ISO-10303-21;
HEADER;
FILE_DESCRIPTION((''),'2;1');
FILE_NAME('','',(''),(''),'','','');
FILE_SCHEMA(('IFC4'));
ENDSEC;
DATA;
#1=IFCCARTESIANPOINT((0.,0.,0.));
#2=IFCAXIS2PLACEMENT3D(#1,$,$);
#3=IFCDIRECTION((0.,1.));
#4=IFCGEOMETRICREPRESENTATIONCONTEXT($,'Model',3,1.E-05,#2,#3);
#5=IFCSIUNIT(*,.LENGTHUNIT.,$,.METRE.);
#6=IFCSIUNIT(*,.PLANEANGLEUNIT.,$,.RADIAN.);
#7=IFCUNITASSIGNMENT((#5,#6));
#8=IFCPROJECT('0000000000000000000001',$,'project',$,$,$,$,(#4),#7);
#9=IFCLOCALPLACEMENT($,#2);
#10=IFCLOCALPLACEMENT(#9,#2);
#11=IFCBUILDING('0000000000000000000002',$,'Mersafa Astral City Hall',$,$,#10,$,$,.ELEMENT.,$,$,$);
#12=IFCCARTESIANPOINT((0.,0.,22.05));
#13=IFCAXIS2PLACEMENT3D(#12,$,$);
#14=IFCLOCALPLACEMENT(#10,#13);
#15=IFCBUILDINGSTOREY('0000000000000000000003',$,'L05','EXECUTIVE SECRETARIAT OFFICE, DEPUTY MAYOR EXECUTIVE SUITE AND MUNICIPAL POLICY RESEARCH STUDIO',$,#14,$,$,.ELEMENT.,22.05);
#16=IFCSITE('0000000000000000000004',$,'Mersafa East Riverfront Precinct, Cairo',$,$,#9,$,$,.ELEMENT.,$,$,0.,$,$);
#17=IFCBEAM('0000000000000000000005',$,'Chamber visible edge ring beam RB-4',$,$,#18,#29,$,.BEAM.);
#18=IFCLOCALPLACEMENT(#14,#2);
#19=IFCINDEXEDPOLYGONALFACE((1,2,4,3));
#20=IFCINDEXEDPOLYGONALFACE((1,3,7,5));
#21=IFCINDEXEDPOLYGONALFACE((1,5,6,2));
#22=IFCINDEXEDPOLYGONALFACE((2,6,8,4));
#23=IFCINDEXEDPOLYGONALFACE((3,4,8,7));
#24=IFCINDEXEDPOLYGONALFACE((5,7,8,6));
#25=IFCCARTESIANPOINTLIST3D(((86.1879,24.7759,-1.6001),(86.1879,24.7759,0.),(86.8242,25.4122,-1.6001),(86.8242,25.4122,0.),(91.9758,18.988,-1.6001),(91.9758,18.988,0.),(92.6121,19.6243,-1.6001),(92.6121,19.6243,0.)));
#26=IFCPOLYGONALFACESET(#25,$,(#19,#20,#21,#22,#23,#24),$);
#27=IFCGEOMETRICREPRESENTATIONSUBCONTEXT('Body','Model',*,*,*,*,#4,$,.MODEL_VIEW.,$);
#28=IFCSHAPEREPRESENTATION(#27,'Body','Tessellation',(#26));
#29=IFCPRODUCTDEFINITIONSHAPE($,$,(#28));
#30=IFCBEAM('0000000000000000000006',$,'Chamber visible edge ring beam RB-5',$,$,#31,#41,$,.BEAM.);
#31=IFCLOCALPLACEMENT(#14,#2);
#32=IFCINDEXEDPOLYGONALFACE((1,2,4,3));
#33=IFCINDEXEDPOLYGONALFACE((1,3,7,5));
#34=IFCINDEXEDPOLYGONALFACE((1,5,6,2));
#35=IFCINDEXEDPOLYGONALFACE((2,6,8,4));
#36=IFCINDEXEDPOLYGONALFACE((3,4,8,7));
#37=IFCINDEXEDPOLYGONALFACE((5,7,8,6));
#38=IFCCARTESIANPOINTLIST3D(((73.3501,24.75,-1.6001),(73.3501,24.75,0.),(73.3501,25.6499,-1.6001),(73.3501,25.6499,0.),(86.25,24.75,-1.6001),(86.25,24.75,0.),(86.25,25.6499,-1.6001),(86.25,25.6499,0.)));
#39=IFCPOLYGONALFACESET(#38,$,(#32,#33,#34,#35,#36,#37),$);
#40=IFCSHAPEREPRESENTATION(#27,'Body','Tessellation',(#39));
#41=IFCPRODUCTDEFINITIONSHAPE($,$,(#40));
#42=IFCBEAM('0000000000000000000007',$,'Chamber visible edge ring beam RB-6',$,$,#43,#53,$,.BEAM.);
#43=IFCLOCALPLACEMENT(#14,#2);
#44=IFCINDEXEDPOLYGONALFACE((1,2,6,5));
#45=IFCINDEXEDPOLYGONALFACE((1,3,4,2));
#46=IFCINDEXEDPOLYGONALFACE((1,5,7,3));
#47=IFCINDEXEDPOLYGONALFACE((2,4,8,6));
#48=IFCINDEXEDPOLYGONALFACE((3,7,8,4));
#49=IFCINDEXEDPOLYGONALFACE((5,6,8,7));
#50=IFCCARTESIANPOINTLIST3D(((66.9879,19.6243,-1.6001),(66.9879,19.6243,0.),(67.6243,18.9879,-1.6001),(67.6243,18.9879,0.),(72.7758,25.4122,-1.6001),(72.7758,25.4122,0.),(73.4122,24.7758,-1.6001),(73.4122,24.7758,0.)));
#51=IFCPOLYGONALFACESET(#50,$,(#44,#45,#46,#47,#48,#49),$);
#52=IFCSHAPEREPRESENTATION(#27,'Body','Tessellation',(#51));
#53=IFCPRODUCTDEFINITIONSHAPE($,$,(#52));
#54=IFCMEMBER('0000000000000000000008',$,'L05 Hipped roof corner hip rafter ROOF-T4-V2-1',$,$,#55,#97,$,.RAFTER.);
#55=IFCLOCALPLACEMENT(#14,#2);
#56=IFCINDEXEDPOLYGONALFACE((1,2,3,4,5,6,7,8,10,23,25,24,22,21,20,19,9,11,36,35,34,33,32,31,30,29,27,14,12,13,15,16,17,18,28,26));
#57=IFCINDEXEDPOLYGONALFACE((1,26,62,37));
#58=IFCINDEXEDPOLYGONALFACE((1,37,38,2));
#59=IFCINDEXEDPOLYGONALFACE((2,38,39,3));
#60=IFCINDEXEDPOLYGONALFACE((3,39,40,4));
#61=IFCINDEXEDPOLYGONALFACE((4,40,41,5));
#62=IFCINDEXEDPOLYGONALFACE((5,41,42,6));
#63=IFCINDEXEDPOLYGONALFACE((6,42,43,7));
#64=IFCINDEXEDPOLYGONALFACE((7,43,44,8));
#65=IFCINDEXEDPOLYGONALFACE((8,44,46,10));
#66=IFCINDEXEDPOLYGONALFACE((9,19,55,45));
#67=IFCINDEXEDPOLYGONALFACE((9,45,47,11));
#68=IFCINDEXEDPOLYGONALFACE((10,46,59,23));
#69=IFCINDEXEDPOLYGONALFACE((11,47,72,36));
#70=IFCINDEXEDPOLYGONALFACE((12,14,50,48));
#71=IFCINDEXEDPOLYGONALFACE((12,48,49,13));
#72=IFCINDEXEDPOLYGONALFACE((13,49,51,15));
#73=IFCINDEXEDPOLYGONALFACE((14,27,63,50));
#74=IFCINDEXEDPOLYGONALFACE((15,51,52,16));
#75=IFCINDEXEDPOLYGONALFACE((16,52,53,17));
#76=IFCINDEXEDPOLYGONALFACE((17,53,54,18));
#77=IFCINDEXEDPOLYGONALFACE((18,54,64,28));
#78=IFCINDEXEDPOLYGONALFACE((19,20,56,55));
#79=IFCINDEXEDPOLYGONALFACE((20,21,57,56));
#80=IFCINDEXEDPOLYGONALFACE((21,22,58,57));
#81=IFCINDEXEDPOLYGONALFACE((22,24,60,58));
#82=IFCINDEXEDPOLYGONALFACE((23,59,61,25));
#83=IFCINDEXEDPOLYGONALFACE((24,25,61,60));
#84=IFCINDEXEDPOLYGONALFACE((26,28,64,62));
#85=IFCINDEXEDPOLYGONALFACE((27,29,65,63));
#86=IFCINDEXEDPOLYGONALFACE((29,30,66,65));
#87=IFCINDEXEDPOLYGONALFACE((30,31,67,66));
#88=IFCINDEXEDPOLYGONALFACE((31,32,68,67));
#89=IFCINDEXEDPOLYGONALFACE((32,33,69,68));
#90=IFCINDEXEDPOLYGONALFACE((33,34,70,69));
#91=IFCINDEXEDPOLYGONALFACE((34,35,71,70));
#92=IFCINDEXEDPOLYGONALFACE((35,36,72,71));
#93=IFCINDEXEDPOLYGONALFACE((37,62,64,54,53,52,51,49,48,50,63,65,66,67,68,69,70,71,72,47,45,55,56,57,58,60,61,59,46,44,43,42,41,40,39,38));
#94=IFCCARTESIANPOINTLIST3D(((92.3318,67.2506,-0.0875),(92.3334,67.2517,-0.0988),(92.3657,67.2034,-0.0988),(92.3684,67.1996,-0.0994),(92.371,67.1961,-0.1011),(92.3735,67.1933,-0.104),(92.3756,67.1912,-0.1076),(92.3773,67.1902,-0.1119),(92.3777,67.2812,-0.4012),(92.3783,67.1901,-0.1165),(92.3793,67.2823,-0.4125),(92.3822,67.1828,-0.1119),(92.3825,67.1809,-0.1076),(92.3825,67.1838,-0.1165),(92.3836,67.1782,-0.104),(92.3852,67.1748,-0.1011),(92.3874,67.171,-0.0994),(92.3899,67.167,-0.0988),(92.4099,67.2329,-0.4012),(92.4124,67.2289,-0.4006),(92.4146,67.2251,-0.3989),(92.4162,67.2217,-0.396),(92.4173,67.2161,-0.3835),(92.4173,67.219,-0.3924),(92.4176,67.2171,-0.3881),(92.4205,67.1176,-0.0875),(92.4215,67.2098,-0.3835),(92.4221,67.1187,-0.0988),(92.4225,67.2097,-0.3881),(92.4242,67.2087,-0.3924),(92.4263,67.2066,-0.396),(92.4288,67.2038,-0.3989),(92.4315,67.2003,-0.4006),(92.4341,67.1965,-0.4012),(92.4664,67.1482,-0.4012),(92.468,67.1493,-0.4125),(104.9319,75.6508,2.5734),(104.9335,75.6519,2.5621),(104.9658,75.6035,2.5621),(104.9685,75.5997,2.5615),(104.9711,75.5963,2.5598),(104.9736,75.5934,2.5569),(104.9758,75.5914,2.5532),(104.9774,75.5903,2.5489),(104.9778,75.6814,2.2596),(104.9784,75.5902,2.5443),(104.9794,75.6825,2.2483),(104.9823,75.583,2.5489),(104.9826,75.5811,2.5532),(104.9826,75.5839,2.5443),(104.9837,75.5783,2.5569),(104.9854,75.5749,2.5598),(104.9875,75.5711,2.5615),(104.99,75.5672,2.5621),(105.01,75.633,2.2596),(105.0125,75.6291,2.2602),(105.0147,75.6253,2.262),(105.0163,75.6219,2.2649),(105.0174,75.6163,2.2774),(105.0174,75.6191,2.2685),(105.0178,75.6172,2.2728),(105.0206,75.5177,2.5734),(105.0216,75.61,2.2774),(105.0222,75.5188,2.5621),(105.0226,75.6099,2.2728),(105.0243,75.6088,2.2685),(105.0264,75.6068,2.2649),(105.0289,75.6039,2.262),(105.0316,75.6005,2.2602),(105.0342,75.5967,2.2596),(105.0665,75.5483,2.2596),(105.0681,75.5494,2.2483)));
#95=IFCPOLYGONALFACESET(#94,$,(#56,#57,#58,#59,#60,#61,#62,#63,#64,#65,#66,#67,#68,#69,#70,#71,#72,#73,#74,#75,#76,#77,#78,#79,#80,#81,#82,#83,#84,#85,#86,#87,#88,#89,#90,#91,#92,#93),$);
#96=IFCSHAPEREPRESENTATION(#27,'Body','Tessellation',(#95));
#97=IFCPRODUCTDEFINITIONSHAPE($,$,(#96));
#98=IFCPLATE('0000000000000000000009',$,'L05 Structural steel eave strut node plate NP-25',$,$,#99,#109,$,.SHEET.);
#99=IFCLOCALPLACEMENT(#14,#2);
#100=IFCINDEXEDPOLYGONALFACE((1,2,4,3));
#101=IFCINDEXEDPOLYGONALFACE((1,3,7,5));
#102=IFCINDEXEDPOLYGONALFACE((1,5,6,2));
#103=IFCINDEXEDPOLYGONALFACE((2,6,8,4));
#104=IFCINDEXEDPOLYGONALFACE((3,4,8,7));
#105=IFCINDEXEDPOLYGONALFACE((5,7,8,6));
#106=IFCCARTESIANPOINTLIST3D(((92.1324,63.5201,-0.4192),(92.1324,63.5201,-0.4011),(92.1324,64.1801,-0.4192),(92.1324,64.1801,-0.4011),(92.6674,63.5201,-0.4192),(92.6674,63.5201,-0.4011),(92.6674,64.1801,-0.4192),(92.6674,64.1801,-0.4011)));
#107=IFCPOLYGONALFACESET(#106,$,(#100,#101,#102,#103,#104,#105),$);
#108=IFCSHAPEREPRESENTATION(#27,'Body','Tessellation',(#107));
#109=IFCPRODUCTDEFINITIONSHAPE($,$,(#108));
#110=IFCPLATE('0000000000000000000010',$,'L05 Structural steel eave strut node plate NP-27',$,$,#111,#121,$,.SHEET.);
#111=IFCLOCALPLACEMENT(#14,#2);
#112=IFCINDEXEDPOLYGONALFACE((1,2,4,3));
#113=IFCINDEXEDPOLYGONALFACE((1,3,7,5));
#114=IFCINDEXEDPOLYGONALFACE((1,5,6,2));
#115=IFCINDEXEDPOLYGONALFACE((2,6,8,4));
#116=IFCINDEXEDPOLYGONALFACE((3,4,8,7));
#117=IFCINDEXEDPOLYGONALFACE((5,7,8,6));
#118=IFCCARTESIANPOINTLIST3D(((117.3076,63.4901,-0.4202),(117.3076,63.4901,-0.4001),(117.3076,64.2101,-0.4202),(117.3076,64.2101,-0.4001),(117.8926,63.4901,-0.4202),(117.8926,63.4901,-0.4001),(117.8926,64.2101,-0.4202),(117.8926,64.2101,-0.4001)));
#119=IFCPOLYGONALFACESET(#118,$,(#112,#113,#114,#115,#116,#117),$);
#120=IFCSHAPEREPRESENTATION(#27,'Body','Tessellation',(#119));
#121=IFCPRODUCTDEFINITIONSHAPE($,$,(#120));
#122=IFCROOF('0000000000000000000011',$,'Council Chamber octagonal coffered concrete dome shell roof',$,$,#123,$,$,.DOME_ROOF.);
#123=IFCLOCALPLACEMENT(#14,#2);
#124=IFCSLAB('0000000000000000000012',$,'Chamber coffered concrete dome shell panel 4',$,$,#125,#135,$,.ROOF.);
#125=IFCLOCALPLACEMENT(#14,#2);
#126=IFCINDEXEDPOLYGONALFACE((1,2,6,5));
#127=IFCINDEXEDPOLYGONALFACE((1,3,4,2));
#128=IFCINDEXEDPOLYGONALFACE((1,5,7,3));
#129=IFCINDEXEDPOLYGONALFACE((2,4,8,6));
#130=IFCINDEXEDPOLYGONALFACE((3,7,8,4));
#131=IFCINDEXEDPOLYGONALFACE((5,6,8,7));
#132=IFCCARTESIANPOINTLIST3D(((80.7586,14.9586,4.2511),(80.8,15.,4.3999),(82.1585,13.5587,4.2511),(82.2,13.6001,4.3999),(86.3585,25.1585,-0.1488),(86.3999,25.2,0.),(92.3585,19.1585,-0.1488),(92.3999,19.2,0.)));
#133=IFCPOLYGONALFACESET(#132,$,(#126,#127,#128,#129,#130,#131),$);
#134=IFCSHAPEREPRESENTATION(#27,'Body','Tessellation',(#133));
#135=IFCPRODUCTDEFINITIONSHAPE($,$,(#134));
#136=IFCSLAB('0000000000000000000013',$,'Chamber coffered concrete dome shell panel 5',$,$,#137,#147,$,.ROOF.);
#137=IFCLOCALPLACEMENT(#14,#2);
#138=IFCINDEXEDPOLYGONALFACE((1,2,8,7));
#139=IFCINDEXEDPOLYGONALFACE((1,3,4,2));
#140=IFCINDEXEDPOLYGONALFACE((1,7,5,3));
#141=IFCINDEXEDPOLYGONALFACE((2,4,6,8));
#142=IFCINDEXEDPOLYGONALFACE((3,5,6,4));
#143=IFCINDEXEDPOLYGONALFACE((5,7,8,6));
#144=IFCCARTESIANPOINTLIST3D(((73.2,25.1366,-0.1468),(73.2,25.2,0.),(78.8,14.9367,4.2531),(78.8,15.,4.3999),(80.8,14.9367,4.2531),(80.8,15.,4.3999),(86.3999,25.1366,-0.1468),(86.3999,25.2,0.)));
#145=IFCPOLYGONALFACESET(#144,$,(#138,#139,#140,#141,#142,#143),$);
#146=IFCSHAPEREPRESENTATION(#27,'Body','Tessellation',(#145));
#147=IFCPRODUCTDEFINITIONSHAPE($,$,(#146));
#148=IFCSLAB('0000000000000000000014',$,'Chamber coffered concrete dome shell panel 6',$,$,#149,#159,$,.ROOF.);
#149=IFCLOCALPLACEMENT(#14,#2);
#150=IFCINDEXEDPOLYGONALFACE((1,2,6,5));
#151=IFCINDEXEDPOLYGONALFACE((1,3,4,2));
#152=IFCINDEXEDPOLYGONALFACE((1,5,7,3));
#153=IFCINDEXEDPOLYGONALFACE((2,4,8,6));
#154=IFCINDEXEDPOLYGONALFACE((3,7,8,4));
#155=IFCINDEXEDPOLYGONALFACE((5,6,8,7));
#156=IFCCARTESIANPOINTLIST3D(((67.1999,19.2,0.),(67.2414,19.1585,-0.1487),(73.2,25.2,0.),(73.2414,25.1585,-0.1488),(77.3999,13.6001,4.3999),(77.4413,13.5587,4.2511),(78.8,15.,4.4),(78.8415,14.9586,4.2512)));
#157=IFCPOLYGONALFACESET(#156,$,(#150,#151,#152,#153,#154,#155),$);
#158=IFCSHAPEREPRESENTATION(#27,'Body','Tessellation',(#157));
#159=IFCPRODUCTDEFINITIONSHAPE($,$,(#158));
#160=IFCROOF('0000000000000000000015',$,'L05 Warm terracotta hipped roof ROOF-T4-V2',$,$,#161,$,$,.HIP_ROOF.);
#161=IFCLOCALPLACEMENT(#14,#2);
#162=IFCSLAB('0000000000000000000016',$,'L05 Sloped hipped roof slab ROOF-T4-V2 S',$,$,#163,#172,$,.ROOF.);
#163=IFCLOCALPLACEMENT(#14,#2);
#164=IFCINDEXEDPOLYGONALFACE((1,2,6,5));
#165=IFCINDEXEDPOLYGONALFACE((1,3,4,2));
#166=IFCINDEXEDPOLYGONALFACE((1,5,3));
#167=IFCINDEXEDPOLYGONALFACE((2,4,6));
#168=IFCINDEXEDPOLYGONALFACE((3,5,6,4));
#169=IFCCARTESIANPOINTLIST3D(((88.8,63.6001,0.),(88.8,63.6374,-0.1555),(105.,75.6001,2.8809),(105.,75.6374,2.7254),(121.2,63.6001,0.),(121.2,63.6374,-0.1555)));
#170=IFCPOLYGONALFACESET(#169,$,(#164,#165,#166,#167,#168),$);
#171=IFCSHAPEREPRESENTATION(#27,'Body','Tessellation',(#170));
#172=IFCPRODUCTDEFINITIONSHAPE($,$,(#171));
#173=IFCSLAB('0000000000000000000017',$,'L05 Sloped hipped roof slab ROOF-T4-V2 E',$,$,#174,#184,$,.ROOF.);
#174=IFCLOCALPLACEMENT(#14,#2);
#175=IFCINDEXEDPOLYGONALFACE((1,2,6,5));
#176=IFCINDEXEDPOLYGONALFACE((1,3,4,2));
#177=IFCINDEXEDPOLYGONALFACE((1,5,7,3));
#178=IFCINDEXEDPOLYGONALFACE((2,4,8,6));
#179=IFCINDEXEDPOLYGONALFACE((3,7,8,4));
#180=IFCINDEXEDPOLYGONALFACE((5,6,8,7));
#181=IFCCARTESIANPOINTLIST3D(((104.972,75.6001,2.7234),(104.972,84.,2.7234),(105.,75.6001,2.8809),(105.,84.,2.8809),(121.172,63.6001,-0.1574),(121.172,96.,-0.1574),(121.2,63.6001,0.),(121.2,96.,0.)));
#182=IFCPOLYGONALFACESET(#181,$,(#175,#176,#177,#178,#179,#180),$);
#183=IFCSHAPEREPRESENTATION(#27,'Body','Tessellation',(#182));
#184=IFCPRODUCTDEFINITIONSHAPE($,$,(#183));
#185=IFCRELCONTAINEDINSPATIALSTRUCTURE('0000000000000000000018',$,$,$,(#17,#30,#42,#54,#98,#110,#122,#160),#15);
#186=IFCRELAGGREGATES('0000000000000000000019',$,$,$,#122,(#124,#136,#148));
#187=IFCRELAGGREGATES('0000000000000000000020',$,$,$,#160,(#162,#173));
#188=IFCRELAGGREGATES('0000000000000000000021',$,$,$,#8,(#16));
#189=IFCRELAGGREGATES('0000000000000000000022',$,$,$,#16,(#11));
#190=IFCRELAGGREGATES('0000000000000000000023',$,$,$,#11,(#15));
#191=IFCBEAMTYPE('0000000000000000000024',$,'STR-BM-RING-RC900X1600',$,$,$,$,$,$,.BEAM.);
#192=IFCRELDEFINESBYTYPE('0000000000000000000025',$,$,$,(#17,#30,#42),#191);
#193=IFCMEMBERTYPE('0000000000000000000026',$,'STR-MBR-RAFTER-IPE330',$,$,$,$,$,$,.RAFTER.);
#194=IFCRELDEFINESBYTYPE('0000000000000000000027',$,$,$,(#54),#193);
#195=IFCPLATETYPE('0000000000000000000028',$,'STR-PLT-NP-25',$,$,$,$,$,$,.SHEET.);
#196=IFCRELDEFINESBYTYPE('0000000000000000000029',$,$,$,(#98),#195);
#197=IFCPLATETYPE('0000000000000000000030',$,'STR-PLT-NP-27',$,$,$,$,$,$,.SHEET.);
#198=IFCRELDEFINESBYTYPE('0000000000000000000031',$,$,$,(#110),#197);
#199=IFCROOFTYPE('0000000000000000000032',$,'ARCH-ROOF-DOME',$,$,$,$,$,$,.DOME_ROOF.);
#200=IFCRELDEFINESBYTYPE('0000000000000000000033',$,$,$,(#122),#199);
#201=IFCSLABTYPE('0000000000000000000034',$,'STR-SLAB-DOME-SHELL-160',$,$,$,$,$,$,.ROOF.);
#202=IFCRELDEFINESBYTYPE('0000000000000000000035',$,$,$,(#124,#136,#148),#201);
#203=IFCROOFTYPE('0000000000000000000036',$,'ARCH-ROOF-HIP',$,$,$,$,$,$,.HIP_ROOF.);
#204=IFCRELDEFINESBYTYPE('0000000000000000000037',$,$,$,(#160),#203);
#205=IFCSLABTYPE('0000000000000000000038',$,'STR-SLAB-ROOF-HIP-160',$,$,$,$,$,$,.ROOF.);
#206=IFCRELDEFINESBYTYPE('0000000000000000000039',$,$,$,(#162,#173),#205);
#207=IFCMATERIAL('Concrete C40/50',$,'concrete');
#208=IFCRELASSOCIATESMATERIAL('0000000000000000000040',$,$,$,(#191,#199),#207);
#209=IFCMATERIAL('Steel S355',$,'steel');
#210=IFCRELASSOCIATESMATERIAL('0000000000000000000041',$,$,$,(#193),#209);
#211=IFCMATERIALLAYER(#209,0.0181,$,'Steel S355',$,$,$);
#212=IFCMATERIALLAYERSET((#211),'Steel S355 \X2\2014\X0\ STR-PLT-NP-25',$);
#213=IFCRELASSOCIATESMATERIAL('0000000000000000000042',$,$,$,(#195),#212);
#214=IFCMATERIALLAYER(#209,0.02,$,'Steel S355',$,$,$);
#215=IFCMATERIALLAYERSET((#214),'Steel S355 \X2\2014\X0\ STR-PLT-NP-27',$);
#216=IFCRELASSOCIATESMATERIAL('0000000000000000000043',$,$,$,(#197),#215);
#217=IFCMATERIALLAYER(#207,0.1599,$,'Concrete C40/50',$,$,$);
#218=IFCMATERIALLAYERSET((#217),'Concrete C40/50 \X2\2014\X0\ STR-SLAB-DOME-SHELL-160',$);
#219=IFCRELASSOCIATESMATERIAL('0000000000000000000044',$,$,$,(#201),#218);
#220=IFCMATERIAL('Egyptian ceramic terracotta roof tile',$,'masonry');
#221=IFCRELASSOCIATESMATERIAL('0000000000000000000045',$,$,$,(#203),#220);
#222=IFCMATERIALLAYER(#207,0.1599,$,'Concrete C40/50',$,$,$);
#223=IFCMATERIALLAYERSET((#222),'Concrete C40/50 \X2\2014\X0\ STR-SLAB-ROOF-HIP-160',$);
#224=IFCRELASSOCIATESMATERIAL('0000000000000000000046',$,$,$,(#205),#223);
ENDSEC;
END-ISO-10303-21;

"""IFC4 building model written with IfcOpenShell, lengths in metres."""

from ifc_helpers import new_model, si_unit, direction, frame, origin, origin_2d, place, context, subcontext, project, spatial, polyline, rectangle, i_section, outline, extrude, material, layer, layer_set, material_profile, profile_set, type_object, element, aggregate, save


model = new_model("IFC4")

# Units and contexts
model_context = context("Model", 3, precision=1e-05, world=origin(), true_north=direction((0.0, 1.0)))
body_context = subcontext(model_context, "Body", "Model", "MODEL_VIEW")
ifc_project = project(units=[si_unit("LENGTHUNIT", "METRE"), si_unit("PLANEANGLEUNIT", "RADIAN")], contexts=[model_context])

# Site, building, storey
site_placement = place(None, origin())
site = spatial("IfcSite", under=ifc_project, at=site_placement, Name="Mersafa East Riverfront Precinct, Cairo", CompositionType="ELEMENT", RefElevation=0.0)
building_placement = place(site_placement, origin())
building = spatial("IfcBuilding", under=site, at=building_placement, Name="Mersafa Astral City Hall", CompositionType="ELEMENT")
storey_placement = place(building_placement, frame((0.0, 0.0, 22.05)))
storey = spatial("IfcBuildingStorey", under=building, at=storey_placement, Name="L05", Description="EXECUTIVE SECRETARIAT OFFICE, DEPUTY MAYOR EXECUTIVE SUITE AND MUNICIPAL POLICY RESEARCH STUDIO", CompositionType="ELEMENT", Elevation=22.05)

# Beams
ifc_material_1 = material(Name="Steel S355", Category="steel")
ifc_material_2 = material(Name="Concrete C40/50", Category="concrete")
ifc_material_profile_1 = material_profile(ifc_material_2, rectangle(XDim=0.8999, YDim=1.6001, at=origin_2d()), Name="RC 900x1600")
ifc_profile_set_1 = profile_set([ifc_material_profile_1], Name="Concrete C40/50")
beam_type_1 = type_object("IfcBeamType", Name="STR-BM-RING-RC900X1600", PredefinedType="BEAM", material=ifc_profile_set_1)
beam_1_placement = place(storey_placement, frame((92.2939, 19.3062, -0.8), z_axis=(-0.707107, 0.707107, 0.0), x_axis=(-0.707107, -0.707107, 0.0)))
element("IfcBeam", 1, at=beam_1_placement, inside=storey, type_object=beam_type_1, Name="Chamber visible edge ring beam RB-4", PredefinedType="BEAM", context=body_context, shape_type="SweptSolid", body=[
    extrude(rectangle(XDim=0.8999, YDim=1.6001, at=origin_2d()), origin(), (0.0, 0.0, 1.0), 8.1853),
])
beam_2_placement = place(storey_placement, frame((86.25, 25.2, -0.8), z_axis=(-1.0, 0.0, 0.0), x_axis=(0.0, -1.0, 0.0)))
element("IfcBeam", 2, at=beam_2_placement, inside=storey, type_object=beam_type_1, Name="Chamber visible edge ring beam RB-5", PredefinedType="BEAM", context=body_context, shape_type="SweptSolid", body=[
    extrude(rectangle(XDim=0.8999, YDim=1.6001, at=origin_2d()), origin(), (0.0, 0.0, 1.0), 12.8999),
])
beam_3_placement = place(storey_placement, frame((73.094, 25.094, -0.8), z_axis=(-0.707107, -0.707107, 0.0), x_axis=(0.707107, -0.707107, 0.0)))
element("IfcBeam", 3, at=beam_3_placement, inside=storey, type_object=beam_type_1, Name="Chamber visible edge ring beam RB-6", PredefinedType="BEAM", context=body_context, shape_type="SweptSolid", body=[
    extrude(rectangle(XDim=0.8999, YDim=1.6001, at=origin_2d()), origin(), (0.0, 0.0, 1.0), 8.1853),
])

# Member
ifc_material_profile_2 = material_profile(ifc_material_1, i_section(OverallWidth=0.1599, OverallDepth=0.3301, WebThickness=0.0076, FlangeThickness=0.0115, FilletRadius=0.0181, at=origin_2d()), Name="IPE 330")
ifc_profile_set_2 = profile_set([ifc_material_profile_2], Name="Steel S355")
member_type = type_object("IfcMemberType", Name="STR-MBR-RAFTER-IPE330", PredefinedType="RAFTER", material=ifc_profile_set_2)
member_placement = place(storey_placement, frame((92.3999, 67.2, -0.25), z_axis=(0.819493, 0.546334, 0.173061), x_axis=(-0.554704, 0.832048, 0.0)))
element("IfcMember", 4, at=member_placement, inside=storey, type_object=member_type, Name="L05 Hipped roof corner hip rafter ROOF-T4-V2-1", PredefinedType="RAFTER", context=body_context, shape_type="SweptSolid", body=[
    extrude(i_section(OverallWidth=0.1599, OverallDepth=0.3301, WebThickness=0.0076, FlangeThickness=0.0115, FilletRadius=0.0181, at=origin_2d()), origin(), (0.0, 0.0, 1.0), 15.3755),
])

# Plates
ifc_layer_1 = layer(ifc_material_1, 0.0181, Name="Steel S355")
ifc_layer_set_1 = layer_set([ifc_layer_1], Name="Steel S355 — STR-PLT-NP-25")
plate_type_1 = type_object("IfcPlateType", Name="STR-PLT-NP-25", PredefinedType="SHEET", material=ifc_layer_set_1)
plate_1_placement = place(storey_placement, frame((92.3999, 63.8501, -0.4192), z_axis=(0.0, 0.0, 1.0), x_axis=(1.0, 0.0, 0.0)))
element("IfcPlate", 5, at=plate_1_placement, inside=storey, type_object=plate_type_1, Name="L05 Structural steel eave strut node plate NP-25", PredefinedType="SHEET", context=body_context, shape_type="SweptSolid", body=[
    extrude(rectangle(XDim=0.5349, YDim=0.6599, at=origin_2d()), origin(), (0.0, 0.0, 1.0), 0.0181),
])
ifc_layer_2 = layer(ifc_material_1, 0.02, Name="Steel S355")
ifc_layer_set_2 = layer_set([ifc_layer_2], Name="Steel S355 — STR-PLT-NP-27")
plate_type_2 = type_object("IfcPlateType", Name="STR-PLT-NP-27", PredefinedType="SHEET", material=ifc_layer_set_2)
plate_2_placement = place(storey_placement, frame((117.6001, 63.8501, -0.4202), z_axis=(0.0, 0.0, 1.0), x_axis=(1.0, 0.0, 0.0)))
element("IfcPlate", 6, at=plate_2_placement, inside=storey, type_object=plate_type_2, Name="L05 Structural steel eave strut node plate NP-27", PredefinedType="SHEET", context=body_context, shape_type="SweptSolid", body=[
    extrude(rectangle(XDim=0.585, YDim=0.72, at=origin_2d()), origin(), (0.0, 0.0, 1.0), 0.02),
])

# Roofs, slabs
roof_type_1 = type_object("IfcRoofType", Name="ARCH-ROOF-DOME", PredefinedType="DOME_ROOF", material=ifc_material_2)
roof_1_placement = place(storey_placement, origin())
roof_1 = element("IfcRoof", 7, at=roof_1_placement, inside=storey, type_object=roof_type_1, Name="Council Chamber octagonal coffered concrete dome shell roof", PredefinedType="DOME_ROOF")
ifc_layer_3 = layer(ifc_material_2, 0.1599, Name="Concrete C40/50")
ifc_layer_set_3 = layer_set([ifc_layer_3], Name="Concrete C40/50 — STR-SLAB-DOME-SHELL-160")
slab_type_1 = type_object("IfcSlabType", Name="STR-SLAB-DOME-SHELL-160", PredefinedType="ROOF", material=ifc_layer_set_3)
slab_1_placement = place(storey_placement, frame((92.3999, 19.2, 0.0), z_axis=(0.259108, 0.259108, 0.930444), x_axis=(-0.707107, 0.707107, 0.0)))
slab_1 = element("IfcSlab", 8, at=slab_1_placement, type_object=slab_type_1, Name="Chamber coffered concrete dome shell panel 4", PredefinedType="ROOF", context=body_context, shape_type="SweptSolid", body=[
    extrude(outline(polyline([(0.0, 0.0), (8.4853, 0.0), (5.2325, 12.0073), (3.2528, 12.0073), (0.0, 0.0)])), origin(), (0.0, 0.0, -1.0), 0.1599),
])
slab_2_placement = place(storey_placement, frame((86.3999, 25.2, 0.0), z_axis=(0.0, 0.396085, 0.918214), x_axis=(-1.0, 0.0, 0.0)))
slab_2 = element("IfcSlab", 9, at=slab_2_placement, type_object=slab_type_1, Name="Chamber coffered concrete dome shell panel 5", PredefinedType="ROOF", context=body_context, shape_type="SweptSolid", body=[
    extrude(outline(polyline([(0.0, 0.0), (13.2, 0.0), (7.5999, 11.1085), (5.5999, 11.1085), (0.0, 0.0)])), origin(), (0.0, 0.0, -1.0), 0.1599),
])
slab_3_placement = place(storey_placement, frame((73.2, 25.2, 0.0), z_axis=(-0.259102, 0.259111, 0.930445), x_axis=(-0.707108, -0.707105, 0.000006)))
slab_3 = element("IfcSlab", 10, at=slab_3_placement, type_object=slab_type_1, Name="Chamber coffered concrete dome shell panel 6", PredefinedType="ROOF", context=body_context, shape_type="SweptSolid", body=[
    extrude(outline(polyline([(0.0, 0.0), (8.4853, 0.0), (5.2325, 12.0073), (3.2526, 12.0075), (0.0, 0.0)])), origin(), (0.0, 0.0, -1.0), 0.1599),
])
aggregate(roof_1, [slab_1, slab_2, slab_3])
ifc_material_3 = material(Name="Egyptian ceramic terracotta roof tile", Category="masonry")
roof_type_2 = type_object("IfcRoofType", Name="ARCH-ROOF-HIP", PredefinedType="HIP_ROOF", material=ifc_material_3)
roof_2_placement = place(storey_placement, origin())
roof_2 = element("IfcRoof", 11, at=roof_2_placement, inside=storey, type_object=roof_type_2, Name="L05 Warm terracotta hipped roof ROOF-T4-V2", PredefinedType="HIP_ROOF")
ifc_layer_4 = layer(ifc_material_2, 0.1599, Name="Concrete C40/50")
ifc_layer_set_4 = layer_set([ifc_layer_4], Name="Concrete C40/50 — STR-SLAB-ROOF-HIP-160")
slab_type_2 = type_object("IfcSlabType", Name="STR-SLAB-ROOF-HIP-160", PredefinedType="ROOF", material=ifc_layer_set_4)
slab_4_placement = place(storey_placement, frame((88.8, 63.6001, 0.0), z_axis=(0.0, -0.233439, 0.972371), x_axis=(1.0, 0.0, 0.0)))
slab_4 = element("IfcSlab", 12, at=slab_4_placement, type_object=slab_type_2, Name="L05 Sloped hipped roof slab ROOF-T4-V2 S", PredefinedType="ROOF", context=body_context, shape_type="SweptSolid", body=[
    extrude(outline(polyline([(0.0, 0.0), (32.3999, 0.0), (16.2, 12.341), (0.0, 0.0)])), origin(), (0.0, 0.0, -1.0), 0.1599),
])
slab_5_placement = place(storey_placement, frame((121.2, 63.6001, 0.0), z_axis=(0.175084, 0.0, 0.984553), x_axis=(0.0, 1.0, 0.0)))
slab_5 = element("IfcSlab", 13, at=slab_5_placement, type_object=slab_type_2, Name="L05 Sloped hipped roof slab ROOF-T4-V2 E", PredefinedType="ROOF", context=body_context, shape_type="SweptSolid", body=[
    extrude(outline(polyline([(0.0, 0.0), (32.3999, 0.0), (20.3999, 16.4541), (12.0, 16.4541), (0.0, 0.0)])), origin(), (0.0, 0.0, -1.0), 0.1599),
])
aggregate(roof_2, [slab_4, slab_5])

save(model, "model.ifc")
